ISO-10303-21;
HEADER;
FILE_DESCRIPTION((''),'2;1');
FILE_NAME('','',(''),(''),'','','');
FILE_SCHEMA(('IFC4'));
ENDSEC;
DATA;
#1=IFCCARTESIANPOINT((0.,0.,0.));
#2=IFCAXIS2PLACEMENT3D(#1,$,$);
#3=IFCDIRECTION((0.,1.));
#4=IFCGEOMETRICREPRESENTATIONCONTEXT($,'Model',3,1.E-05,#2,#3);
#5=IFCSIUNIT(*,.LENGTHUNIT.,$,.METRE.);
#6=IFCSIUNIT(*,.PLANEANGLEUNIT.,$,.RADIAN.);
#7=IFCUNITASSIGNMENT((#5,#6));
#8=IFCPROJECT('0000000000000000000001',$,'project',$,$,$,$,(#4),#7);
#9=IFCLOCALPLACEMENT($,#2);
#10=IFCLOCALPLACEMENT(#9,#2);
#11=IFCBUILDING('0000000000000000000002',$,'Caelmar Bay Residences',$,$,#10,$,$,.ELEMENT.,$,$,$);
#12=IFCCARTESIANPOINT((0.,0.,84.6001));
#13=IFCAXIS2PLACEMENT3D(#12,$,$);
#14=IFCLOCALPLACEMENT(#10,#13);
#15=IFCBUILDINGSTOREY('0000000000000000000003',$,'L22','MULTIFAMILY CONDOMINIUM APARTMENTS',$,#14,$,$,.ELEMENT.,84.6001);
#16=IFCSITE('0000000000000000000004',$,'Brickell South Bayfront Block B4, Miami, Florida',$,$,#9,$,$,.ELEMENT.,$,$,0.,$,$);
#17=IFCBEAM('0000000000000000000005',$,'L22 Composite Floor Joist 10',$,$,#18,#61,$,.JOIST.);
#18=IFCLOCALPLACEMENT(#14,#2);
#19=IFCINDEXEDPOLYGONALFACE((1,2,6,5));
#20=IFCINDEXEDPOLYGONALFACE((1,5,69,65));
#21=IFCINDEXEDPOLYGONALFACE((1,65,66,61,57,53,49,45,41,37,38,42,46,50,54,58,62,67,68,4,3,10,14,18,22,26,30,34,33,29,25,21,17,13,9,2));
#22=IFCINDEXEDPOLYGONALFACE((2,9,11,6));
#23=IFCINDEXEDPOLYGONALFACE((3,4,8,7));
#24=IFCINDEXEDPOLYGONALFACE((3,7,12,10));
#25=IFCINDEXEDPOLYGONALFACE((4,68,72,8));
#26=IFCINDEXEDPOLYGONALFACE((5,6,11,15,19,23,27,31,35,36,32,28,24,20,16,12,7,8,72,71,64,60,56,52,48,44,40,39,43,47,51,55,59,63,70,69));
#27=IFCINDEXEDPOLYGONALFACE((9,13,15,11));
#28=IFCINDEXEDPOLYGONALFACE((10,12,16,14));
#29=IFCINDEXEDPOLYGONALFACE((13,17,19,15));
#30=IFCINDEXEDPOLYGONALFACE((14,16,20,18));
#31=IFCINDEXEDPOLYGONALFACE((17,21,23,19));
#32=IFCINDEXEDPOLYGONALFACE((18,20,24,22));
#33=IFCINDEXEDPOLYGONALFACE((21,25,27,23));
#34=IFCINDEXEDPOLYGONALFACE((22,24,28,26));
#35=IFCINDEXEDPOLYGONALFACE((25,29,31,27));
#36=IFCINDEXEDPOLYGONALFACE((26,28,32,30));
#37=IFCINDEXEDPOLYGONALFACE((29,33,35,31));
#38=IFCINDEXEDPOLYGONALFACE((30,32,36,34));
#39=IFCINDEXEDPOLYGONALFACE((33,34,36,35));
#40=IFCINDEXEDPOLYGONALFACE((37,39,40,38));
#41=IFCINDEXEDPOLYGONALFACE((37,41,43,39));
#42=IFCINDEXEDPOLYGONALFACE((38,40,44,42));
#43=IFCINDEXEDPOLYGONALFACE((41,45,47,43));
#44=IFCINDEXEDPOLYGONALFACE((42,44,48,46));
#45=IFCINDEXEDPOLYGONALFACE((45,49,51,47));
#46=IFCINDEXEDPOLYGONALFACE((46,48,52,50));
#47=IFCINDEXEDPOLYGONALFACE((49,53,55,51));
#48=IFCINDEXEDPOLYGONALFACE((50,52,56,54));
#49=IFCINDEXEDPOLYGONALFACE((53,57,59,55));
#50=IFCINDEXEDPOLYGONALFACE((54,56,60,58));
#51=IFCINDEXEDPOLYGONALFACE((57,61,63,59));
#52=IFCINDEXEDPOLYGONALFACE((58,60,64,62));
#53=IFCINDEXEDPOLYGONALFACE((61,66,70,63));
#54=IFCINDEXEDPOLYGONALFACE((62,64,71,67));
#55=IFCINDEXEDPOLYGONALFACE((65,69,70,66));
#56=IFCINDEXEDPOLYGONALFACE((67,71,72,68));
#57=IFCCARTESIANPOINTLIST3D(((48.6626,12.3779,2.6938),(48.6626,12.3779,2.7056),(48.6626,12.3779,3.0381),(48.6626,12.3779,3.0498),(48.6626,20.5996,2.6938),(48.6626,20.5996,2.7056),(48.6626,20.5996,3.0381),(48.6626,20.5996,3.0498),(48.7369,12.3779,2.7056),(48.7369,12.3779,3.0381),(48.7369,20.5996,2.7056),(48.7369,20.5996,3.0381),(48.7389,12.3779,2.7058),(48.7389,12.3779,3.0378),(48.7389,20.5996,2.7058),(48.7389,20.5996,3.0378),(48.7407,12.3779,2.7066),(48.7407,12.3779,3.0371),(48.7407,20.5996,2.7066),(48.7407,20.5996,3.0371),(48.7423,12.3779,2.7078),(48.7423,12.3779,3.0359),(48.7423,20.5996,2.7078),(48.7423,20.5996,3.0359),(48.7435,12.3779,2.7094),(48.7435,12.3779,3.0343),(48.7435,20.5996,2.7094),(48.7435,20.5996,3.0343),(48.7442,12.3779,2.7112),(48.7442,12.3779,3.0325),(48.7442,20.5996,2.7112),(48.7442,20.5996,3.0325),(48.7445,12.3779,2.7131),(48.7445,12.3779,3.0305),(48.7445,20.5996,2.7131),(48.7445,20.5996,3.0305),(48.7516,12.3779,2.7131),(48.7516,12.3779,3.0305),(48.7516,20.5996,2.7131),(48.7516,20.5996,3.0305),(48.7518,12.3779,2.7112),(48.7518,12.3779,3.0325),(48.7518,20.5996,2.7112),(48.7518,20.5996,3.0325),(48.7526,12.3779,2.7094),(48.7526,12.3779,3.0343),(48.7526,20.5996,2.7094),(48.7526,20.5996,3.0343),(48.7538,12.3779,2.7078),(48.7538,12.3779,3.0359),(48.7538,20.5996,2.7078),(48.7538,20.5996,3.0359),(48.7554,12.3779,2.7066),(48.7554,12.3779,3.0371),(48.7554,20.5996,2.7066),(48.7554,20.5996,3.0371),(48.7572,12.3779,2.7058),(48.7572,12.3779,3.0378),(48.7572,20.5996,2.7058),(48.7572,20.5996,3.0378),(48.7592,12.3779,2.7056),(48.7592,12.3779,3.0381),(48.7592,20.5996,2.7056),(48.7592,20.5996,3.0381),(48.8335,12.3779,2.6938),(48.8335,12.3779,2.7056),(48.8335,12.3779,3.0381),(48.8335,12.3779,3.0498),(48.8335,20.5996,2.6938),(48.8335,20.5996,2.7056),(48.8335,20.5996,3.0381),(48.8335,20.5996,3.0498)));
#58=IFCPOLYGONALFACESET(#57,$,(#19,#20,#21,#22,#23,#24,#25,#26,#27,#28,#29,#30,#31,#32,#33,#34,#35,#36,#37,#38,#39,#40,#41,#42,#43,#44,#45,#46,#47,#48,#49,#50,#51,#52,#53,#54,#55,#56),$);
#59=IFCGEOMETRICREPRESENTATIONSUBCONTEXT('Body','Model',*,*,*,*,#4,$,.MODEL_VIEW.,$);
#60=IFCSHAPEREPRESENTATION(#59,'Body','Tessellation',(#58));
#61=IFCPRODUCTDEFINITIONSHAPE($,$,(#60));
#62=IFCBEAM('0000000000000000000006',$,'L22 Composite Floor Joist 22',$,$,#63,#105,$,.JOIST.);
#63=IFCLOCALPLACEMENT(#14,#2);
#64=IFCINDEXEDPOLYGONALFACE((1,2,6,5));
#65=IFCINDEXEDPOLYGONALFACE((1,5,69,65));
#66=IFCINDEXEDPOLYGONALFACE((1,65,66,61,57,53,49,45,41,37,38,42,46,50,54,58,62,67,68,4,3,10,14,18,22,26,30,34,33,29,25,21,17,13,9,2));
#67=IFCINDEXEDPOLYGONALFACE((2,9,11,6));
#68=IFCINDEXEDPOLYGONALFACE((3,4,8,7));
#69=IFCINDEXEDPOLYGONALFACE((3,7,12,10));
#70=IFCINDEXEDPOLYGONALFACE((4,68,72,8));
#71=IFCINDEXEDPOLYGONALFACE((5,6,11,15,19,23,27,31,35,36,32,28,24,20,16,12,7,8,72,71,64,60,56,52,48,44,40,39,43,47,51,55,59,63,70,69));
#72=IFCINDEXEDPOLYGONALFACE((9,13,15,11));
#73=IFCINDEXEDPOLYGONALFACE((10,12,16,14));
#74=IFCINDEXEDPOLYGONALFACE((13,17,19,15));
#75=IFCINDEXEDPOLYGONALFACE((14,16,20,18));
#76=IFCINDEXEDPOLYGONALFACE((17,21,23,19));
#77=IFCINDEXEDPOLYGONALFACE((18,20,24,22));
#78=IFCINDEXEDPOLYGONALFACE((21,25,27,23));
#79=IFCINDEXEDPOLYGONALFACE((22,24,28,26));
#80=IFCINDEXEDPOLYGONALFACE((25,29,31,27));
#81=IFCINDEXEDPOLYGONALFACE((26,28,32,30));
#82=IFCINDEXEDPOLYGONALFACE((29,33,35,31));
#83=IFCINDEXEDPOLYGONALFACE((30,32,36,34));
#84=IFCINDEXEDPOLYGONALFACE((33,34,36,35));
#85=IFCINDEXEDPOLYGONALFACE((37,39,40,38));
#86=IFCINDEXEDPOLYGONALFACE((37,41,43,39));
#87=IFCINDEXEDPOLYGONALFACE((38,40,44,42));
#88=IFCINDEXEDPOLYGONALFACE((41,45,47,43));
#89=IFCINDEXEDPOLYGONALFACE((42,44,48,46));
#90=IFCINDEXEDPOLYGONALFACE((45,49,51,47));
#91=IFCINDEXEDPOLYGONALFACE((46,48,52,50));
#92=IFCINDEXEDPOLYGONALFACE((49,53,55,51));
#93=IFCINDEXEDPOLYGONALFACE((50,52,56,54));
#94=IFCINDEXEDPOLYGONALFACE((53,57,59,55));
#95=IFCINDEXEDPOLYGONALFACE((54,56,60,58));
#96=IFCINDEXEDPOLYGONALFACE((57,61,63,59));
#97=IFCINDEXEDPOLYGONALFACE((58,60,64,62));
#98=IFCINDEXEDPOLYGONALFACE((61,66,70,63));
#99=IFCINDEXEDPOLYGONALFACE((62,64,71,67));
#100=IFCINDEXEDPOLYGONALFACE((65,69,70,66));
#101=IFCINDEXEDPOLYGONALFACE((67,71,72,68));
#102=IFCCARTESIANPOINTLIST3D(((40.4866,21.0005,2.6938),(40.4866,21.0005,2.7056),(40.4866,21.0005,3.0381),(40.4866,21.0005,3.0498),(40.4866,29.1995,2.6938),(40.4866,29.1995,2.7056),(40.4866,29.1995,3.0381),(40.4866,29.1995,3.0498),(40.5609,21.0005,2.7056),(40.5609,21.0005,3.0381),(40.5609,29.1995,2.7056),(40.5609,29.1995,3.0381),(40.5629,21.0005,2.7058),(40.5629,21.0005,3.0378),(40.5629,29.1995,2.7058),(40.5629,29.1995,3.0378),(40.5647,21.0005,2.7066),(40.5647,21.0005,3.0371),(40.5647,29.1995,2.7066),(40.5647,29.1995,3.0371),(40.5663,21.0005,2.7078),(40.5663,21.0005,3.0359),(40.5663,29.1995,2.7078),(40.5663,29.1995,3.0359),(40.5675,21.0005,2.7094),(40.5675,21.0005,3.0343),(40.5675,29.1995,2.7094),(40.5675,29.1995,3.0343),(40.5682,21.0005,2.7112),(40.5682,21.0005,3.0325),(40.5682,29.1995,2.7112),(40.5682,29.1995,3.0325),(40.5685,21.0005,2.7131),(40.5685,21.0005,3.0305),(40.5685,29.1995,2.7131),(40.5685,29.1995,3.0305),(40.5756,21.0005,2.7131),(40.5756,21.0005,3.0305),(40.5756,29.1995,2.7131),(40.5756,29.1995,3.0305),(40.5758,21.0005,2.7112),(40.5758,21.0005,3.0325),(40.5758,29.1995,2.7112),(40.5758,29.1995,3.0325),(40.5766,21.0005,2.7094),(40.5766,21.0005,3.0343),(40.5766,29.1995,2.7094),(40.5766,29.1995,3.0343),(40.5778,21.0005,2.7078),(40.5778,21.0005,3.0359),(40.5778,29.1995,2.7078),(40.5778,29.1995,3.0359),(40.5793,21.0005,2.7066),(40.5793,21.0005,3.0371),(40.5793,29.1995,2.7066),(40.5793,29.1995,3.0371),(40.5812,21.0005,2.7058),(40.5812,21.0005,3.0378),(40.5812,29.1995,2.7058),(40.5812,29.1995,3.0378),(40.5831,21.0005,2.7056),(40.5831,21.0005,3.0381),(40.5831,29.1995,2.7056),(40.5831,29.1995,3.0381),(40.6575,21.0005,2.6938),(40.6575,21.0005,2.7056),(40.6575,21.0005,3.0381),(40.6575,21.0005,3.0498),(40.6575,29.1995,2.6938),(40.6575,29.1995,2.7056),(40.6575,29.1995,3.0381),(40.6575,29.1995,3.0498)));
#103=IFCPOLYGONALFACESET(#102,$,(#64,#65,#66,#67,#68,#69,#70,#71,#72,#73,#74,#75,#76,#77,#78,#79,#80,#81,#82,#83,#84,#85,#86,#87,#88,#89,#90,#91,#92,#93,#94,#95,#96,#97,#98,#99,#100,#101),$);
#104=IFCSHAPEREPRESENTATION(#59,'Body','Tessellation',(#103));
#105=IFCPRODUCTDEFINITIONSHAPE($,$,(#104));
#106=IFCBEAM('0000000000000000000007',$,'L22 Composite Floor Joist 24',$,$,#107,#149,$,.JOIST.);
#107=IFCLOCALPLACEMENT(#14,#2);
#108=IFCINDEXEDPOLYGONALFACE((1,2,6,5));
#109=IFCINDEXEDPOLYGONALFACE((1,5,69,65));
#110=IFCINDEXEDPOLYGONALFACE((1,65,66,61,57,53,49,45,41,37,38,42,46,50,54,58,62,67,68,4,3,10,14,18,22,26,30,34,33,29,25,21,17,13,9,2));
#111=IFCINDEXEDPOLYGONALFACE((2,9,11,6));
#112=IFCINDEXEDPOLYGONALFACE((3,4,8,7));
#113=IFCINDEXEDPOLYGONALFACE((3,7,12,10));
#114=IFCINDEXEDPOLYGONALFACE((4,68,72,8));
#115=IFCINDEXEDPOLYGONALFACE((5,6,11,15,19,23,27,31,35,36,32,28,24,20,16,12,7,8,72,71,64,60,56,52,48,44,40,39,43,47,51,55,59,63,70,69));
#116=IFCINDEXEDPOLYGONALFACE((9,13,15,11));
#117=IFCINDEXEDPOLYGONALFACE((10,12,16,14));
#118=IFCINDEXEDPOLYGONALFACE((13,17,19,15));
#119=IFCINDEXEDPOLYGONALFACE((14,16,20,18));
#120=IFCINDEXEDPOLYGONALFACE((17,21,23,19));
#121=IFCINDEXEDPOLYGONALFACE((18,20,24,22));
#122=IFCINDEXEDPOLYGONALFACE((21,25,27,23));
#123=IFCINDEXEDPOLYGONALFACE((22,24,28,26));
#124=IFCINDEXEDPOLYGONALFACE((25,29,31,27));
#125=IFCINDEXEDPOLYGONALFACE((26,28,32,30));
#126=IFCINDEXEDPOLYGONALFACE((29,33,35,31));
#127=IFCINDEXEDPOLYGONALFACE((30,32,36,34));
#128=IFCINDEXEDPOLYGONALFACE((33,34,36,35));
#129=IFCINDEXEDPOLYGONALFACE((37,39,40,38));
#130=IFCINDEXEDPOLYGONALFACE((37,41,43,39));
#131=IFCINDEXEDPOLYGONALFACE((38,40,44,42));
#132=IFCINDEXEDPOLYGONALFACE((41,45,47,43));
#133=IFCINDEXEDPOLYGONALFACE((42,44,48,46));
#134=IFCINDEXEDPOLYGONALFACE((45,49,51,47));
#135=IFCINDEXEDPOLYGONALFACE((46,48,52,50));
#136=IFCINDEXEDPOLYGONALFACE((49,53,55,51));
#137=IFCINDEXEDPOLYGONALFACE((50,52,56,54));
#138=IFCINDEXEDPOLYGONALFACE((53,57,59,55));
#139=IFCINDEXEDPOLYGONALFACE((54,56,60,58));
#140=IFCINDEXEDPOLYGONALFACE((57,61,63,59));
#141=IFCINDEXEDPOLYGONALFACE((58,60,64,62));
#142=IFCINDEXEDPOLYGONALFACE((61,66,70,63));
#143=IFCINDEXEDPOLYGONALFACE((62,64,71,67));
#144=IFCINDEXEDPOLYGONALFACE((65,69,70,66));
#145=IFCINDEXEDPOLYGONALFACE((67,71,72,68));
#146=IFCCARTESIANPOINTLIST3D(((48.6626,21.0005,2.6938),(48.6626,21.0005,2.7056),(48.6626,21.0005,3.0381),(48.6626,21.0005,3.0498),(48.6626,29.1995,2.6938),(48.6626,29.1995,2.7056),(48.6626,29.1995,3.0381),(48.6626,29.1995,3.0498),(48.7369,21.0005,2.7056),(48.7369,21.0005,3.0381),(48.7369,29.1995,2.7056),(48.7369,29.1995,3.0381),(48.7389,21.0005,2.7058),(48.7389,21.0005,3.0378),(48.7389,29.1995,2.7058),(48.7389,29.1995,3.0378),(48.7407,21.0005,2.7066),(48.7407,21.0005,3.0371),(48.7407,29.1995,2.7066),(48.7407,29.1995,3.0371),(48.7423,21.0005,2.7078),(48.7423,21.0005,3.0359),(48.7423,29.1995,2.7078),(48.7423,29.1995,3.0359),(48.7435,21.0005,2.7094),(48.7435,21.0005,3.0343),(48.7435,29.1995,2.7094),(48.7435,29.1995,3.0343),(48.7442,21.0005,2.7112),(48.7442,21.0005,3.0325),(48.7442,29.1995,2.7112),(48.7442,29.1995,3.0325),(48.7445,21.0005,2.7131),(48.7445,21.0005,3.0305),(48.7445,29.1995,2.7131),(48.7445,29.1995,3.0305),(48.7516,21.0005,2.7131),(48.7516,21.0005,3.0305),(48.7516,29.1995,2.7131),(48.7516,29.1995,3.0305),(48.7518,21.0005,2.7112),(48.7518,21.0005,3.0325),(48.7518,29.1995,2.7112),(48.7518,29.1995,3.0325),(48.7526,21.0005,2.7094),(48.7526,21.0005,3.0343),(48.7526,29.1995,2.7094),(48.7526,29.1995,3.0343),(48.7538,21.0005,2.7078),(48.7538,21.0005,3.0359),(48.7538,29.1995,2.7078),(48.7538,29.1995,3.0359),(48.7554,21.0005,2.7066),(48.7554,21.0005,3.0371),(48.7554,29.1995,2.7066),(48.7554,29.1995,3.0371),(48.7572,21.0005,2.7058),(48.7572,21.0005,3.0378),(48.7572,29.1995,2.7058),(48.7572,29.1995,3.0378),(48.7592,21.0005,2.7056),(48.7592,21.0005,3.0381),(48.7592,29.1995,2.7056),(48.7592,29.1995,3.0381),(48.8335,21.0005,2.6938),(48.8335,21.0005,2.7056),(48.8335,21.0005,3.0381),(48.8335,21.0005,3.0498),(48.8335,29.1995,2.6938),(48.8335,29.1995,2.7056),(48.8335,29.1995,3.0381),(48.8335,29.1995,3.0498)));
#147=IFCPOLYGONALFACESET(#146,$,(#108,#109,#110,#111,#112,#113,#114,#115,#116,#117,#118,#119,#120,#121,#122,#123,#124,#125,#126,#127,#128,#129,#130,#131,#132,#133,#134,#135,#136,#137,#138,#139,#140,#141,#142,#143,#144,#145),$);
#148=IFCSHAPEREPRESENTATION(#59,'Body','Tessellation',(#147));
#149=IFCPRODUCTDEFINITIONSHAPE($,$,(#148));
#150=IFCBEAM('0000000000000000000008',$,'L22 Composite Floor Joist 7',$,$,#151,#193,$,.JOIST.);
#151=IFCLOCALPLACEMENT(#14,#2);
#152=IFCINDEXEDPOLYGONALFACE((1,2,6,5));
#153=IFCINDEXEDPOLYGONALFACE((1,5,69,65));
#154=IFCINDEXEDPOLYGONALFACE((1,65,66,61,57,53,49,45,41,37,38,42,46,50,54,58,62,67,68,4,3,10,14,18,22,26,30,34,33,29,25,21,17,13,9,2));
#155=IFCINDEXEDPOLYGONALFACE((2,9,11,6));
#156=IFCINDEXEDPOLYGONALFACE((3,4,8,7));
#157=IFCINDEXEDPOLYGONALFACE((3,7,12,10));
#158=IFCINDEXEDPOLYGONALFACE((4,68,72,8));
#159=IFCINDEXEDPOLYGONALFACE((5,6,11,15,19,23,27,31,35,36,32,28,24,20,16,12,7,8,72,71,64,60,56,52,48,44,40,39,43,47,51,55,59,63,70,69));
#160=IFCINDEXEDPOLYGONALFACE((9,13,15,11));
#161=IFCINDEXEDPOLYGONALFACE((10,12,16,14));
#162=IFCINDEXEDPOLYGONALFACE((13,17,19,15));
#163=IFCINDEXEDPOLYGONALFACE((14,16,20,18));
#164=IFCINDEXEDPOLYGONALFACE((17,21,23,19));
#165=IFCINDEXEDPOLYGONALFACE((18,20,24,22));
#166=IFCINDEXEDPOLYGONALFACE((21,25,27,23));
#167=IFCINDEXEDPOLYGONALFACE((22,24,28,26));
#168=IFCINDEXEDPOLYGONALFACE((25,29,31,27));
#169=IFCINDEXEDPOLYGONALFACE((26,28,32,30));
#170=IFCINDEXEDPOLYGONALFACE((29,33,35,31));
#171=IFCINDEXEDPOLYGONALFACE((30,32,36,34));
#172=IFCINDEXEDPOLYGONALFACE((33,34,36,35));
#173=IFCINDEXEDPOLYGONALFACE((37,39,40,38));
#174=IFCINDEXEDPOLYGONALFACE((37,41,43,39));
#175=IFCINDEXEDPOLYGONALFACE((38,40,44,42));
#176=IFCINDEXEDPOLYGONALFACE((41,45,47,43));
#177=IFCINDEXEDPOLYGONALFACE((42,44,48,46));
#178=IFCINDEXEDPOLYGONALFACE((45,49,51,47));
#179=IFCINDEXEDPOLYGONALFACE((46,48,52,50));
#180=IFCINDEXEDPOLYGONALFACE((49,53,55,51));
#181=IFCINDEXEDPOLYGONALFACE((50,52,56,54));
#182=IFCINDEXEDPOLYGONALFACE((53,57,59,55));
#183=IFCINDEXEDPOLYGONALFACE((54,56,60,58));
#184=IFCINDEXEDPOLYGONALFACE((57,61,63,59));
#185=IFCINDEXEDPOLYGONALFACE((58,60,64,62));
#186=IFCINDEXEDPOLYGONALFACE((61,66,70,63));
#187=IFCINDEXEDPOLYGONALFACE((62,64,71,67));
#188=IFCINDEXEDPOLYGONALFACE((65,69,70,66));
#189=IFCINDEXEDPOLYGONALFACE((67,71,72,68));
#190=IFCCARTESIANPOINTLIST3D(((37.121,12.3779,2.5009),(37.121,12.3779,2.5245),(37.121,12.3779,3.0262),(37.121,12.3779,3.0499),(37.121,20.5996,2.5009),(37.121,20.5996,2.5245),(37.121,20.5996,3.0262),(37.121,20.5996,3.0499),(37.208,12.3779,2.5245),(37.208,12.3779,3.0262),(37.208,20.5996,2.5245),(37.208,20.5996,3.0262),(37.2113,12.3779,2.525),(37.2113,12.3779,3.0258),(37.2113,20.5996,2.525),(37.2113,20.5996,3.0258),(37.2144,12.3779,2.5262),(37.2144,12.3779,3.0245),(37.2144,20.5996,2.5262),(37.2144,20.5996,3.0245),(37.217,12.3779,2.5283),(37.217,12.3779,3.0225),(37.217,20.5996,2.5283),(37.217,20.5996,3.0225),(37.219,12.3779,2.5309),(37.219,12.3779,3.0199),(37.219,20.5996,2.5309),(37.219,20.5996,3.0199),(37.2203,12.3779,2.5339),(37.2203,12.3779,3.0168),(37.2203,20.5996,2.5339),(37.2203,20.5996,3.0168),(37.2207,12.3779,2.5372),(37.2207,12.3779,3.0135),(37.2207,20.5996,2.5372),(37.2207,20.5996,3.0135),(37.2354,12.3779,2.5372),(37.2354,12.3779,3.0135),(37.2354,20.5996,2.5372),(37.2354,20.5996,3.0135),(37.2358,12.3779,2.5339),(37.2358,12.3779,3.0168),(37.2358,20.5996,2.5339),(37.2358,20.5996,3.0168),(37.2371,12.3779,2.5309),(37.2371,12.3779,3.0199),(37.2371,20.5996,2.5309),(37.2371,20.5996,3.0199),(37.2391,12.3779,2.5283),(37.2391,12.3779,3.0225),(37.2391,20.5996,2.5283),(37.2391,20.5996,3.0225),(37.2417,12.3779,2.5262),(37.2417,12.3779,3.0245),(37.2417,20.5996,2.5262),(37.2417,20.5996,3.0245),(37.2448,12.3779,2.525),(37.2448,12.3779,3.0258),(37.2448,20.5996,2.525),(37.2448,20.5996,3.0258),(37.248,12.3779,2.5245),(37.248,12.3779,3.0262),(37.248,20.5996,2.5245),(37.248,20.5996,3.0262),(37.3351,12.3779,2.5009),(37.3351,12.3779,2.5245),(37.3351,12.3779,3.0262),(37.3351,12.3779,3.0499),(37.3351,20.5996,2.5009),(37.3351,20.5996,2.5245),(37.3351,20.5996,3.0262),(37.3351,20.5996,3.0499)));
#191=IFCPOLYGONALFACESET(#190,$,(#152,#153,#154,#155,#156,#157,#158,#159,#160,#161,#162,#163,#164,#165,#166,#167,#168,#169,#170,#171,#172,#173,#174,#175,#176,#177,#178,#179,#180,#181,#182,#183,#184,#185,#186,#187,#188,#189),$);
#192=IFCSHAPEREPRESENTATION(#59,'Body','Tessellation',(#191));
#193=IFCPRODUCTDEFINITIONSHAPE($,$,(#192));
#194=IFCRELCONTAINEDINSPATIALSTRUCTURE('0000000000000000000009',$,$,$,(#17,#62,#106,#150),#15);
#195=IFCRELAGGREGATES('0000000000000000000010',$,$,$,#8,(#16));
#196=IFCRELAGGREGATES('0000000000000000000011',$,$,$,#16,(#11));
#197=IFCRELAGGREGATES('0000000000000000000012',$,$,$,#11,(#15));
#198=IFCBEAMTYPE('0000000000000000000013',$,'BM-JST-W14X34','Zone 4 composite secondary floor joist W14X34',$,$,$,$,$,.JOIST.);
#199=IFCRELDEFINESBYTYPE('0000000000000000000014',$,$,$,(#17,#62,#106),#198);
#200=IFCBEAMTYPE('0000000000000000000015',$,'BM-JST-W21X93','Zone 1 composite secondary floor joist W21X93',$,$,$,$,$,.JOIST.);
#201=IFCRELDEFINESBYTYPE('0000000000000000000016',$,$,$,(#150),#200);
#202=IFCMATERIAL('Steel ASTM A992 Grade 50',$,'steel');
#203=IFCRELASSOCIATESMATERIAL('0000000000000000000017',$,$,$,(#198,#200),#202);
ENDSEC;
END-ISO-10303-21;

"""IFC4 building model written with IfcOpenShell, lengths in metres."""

from ifc_helpers import new_model, si_unit, direction, frame, origin, origin_2d, place, context, subcontext, project, spatial, i_section, extrude, material, material_profile, profile_set, type_object, element, save


model = new_model("IFC4")

# Units and contexts
model_context = context("Model", 3, precision=1e-05, world=origin(), true_north=direction((0.0, 1.0)))
body_context = subcontext(model_context, "Body", "Model", "MODEL_VIEW")
ifc_project = project(units=[si_unit("LENGTHUNIT", "METRE"), si_unit("PLANEANGLEUNIT", "RADIAN")], contexts=[model_context])

# Site, building, storey
site_placement = place(None, origin())
site = spatial("IfcSite", under=ifc_project, at=site_placement, Name="Brickell South Bayfront Block B4, Miami, Florida", CompositionType="ELEMENT", RefElevation=0.0)
building_placement = place(site_placement, origin())
building = spatial("IfcBuilding", under=site, at=building_placement, Name="Caelmar Bay Residences", CompositionType="ELEMENT")
storey_placement = place(building_placement, frame((0.0, 0.0, 84.6001)))
storey = spatial("IfcBuildingStorey", under=building, at=storey_placement, Name="L22", Description="MULTIFAMILY CONDOMINIUM APARTMENTS", CompositionType="ELEMENT", Elevation=84.6001)

# Beams
ifc_material_1 = material(Name="Steel ASTM A992 Grade 50", Category="steel")
ifc_material_profile_1 = material_profile(ifc_material_1, i_section(OverallWidth=0.1709, OverallDepth=0.356, WebThickness=0.0071, FlangeThickness=0.0117, FilletRadius=0.0076, at=origin_2d()), Name="W14X34")
ifc_profile_set_1 = profile_set([ifc_material_profile_1], Name="Steel ASTM A992 Grade 50")
beam_type_1 = type_object("IfcBeamType", Name="BM-JST-W14X34", Description="Zone 4 composite secondary floor joist W14X34", PredefinedType="JOIST", material=ifc_profile_set_1)
for number, where, z_axis, x_axis, name in (
    (1, (48.748, 12.3779, 2.8718), (0.0, 1.0, 0.0), (-1.0, 0.0, 0.0), "L22 Composite Floor Joist 10"),
):
    element("IfcBeam", number, at=place(storey_placement, frame(where, z_axis=z_axis, x_axis=x_axis)), inside=storey, type_object=beam_type_1, Name=name, PredefinedType="JOIST", context=body_context, shape_type="SweptSolid", body=[
        extrude(i_section(OverallWidth=0.1709, OverallDepth=0.356, WebThickness=0.0071, FlangeThickness=0.0117, FilletRadius=0.0076, at=origin_2d()), origin(), (0.0, 0.0, 1.0), 8.2217),
    ])
for number, where, z_axis, x_axis, name in (
    (2, (40.572, 21.0005, 2.8718), (0.0, 1.0, 0.0), (-1.0, 0.0, 0.0), "L22 Composite Floor Joist 22"),
    (3, (48.748, 21.0005, 2.8718), (0.0, 1.0, 0.0), (-1.0, 0.0, 0.0), "L22 Composite Floor Joist 24"),
):
    element("IfcBeam", number, at=place(storey_placement, frame(where, z_axis=z_axis, x_axis=x_axis)), inside=storey, type_object=beam_type_1, Name=name, PredefinedType="JOIST", context=body_context, shape_type="SweptSolid", body=[
        extrude(i_section(OverallWidth=0.1709, OverallDepth=0.356, WebThickness=0.0071, FlangeThickness=0.0117, FilletRadius=0.0076, at=origin_2d()), origin(), (0.0, 0.0, 1.0), 8.199),
    ])
ifc_material_profile_2 = material_profile(ifc_material_1, i_section(OverallWidth=0.2141, OverallDepth=0.5491, WebThickness=0.0146, FlangeThickness=0.0237, FilletRadius=0.0127, at=origin_2d()), Name="W21X93")
ifc_profile_set_2 = profile_set([ifc_material_profile_2], Name="Steel ASTM A992 Grade 50")
beam_type_2 = type_object("IfcBeamType", Name="BM-JST-W21X93", Description="Zone 1 composite secondary floor joist W21X93", PredefinedType="JOIST", material=ifc_profile_set_2)
for number, where, z_axis, x_axis, name in (
    (4, (37.228, 12.3779, 2.7754), (0.0, 1.0, 0.0), (-1.0, 0.0, 0.0), "L22 Composite Floor Joist 7"),
):
    element("IfcBeam", number, at=place(storey_placement, frame(where, z_axis=z_axis, x_axis=x_axis)), inside=storey, type_object=beam_type_2, Name=name, PredefinedType="JOIST", context=body_context, shape_type="SweptSolid", body=[
        extrude(i_section(OverallWidth=0.2141, OverallDepth=0.5491, WebThickness=0.0146, FlangeThickness=0.0237, FilletRadius=0.0127, at=origin_2d()), origin(), (0.0, 0.0, 1.0), 8.2217),
    ])

save(model, "model.ifc")
